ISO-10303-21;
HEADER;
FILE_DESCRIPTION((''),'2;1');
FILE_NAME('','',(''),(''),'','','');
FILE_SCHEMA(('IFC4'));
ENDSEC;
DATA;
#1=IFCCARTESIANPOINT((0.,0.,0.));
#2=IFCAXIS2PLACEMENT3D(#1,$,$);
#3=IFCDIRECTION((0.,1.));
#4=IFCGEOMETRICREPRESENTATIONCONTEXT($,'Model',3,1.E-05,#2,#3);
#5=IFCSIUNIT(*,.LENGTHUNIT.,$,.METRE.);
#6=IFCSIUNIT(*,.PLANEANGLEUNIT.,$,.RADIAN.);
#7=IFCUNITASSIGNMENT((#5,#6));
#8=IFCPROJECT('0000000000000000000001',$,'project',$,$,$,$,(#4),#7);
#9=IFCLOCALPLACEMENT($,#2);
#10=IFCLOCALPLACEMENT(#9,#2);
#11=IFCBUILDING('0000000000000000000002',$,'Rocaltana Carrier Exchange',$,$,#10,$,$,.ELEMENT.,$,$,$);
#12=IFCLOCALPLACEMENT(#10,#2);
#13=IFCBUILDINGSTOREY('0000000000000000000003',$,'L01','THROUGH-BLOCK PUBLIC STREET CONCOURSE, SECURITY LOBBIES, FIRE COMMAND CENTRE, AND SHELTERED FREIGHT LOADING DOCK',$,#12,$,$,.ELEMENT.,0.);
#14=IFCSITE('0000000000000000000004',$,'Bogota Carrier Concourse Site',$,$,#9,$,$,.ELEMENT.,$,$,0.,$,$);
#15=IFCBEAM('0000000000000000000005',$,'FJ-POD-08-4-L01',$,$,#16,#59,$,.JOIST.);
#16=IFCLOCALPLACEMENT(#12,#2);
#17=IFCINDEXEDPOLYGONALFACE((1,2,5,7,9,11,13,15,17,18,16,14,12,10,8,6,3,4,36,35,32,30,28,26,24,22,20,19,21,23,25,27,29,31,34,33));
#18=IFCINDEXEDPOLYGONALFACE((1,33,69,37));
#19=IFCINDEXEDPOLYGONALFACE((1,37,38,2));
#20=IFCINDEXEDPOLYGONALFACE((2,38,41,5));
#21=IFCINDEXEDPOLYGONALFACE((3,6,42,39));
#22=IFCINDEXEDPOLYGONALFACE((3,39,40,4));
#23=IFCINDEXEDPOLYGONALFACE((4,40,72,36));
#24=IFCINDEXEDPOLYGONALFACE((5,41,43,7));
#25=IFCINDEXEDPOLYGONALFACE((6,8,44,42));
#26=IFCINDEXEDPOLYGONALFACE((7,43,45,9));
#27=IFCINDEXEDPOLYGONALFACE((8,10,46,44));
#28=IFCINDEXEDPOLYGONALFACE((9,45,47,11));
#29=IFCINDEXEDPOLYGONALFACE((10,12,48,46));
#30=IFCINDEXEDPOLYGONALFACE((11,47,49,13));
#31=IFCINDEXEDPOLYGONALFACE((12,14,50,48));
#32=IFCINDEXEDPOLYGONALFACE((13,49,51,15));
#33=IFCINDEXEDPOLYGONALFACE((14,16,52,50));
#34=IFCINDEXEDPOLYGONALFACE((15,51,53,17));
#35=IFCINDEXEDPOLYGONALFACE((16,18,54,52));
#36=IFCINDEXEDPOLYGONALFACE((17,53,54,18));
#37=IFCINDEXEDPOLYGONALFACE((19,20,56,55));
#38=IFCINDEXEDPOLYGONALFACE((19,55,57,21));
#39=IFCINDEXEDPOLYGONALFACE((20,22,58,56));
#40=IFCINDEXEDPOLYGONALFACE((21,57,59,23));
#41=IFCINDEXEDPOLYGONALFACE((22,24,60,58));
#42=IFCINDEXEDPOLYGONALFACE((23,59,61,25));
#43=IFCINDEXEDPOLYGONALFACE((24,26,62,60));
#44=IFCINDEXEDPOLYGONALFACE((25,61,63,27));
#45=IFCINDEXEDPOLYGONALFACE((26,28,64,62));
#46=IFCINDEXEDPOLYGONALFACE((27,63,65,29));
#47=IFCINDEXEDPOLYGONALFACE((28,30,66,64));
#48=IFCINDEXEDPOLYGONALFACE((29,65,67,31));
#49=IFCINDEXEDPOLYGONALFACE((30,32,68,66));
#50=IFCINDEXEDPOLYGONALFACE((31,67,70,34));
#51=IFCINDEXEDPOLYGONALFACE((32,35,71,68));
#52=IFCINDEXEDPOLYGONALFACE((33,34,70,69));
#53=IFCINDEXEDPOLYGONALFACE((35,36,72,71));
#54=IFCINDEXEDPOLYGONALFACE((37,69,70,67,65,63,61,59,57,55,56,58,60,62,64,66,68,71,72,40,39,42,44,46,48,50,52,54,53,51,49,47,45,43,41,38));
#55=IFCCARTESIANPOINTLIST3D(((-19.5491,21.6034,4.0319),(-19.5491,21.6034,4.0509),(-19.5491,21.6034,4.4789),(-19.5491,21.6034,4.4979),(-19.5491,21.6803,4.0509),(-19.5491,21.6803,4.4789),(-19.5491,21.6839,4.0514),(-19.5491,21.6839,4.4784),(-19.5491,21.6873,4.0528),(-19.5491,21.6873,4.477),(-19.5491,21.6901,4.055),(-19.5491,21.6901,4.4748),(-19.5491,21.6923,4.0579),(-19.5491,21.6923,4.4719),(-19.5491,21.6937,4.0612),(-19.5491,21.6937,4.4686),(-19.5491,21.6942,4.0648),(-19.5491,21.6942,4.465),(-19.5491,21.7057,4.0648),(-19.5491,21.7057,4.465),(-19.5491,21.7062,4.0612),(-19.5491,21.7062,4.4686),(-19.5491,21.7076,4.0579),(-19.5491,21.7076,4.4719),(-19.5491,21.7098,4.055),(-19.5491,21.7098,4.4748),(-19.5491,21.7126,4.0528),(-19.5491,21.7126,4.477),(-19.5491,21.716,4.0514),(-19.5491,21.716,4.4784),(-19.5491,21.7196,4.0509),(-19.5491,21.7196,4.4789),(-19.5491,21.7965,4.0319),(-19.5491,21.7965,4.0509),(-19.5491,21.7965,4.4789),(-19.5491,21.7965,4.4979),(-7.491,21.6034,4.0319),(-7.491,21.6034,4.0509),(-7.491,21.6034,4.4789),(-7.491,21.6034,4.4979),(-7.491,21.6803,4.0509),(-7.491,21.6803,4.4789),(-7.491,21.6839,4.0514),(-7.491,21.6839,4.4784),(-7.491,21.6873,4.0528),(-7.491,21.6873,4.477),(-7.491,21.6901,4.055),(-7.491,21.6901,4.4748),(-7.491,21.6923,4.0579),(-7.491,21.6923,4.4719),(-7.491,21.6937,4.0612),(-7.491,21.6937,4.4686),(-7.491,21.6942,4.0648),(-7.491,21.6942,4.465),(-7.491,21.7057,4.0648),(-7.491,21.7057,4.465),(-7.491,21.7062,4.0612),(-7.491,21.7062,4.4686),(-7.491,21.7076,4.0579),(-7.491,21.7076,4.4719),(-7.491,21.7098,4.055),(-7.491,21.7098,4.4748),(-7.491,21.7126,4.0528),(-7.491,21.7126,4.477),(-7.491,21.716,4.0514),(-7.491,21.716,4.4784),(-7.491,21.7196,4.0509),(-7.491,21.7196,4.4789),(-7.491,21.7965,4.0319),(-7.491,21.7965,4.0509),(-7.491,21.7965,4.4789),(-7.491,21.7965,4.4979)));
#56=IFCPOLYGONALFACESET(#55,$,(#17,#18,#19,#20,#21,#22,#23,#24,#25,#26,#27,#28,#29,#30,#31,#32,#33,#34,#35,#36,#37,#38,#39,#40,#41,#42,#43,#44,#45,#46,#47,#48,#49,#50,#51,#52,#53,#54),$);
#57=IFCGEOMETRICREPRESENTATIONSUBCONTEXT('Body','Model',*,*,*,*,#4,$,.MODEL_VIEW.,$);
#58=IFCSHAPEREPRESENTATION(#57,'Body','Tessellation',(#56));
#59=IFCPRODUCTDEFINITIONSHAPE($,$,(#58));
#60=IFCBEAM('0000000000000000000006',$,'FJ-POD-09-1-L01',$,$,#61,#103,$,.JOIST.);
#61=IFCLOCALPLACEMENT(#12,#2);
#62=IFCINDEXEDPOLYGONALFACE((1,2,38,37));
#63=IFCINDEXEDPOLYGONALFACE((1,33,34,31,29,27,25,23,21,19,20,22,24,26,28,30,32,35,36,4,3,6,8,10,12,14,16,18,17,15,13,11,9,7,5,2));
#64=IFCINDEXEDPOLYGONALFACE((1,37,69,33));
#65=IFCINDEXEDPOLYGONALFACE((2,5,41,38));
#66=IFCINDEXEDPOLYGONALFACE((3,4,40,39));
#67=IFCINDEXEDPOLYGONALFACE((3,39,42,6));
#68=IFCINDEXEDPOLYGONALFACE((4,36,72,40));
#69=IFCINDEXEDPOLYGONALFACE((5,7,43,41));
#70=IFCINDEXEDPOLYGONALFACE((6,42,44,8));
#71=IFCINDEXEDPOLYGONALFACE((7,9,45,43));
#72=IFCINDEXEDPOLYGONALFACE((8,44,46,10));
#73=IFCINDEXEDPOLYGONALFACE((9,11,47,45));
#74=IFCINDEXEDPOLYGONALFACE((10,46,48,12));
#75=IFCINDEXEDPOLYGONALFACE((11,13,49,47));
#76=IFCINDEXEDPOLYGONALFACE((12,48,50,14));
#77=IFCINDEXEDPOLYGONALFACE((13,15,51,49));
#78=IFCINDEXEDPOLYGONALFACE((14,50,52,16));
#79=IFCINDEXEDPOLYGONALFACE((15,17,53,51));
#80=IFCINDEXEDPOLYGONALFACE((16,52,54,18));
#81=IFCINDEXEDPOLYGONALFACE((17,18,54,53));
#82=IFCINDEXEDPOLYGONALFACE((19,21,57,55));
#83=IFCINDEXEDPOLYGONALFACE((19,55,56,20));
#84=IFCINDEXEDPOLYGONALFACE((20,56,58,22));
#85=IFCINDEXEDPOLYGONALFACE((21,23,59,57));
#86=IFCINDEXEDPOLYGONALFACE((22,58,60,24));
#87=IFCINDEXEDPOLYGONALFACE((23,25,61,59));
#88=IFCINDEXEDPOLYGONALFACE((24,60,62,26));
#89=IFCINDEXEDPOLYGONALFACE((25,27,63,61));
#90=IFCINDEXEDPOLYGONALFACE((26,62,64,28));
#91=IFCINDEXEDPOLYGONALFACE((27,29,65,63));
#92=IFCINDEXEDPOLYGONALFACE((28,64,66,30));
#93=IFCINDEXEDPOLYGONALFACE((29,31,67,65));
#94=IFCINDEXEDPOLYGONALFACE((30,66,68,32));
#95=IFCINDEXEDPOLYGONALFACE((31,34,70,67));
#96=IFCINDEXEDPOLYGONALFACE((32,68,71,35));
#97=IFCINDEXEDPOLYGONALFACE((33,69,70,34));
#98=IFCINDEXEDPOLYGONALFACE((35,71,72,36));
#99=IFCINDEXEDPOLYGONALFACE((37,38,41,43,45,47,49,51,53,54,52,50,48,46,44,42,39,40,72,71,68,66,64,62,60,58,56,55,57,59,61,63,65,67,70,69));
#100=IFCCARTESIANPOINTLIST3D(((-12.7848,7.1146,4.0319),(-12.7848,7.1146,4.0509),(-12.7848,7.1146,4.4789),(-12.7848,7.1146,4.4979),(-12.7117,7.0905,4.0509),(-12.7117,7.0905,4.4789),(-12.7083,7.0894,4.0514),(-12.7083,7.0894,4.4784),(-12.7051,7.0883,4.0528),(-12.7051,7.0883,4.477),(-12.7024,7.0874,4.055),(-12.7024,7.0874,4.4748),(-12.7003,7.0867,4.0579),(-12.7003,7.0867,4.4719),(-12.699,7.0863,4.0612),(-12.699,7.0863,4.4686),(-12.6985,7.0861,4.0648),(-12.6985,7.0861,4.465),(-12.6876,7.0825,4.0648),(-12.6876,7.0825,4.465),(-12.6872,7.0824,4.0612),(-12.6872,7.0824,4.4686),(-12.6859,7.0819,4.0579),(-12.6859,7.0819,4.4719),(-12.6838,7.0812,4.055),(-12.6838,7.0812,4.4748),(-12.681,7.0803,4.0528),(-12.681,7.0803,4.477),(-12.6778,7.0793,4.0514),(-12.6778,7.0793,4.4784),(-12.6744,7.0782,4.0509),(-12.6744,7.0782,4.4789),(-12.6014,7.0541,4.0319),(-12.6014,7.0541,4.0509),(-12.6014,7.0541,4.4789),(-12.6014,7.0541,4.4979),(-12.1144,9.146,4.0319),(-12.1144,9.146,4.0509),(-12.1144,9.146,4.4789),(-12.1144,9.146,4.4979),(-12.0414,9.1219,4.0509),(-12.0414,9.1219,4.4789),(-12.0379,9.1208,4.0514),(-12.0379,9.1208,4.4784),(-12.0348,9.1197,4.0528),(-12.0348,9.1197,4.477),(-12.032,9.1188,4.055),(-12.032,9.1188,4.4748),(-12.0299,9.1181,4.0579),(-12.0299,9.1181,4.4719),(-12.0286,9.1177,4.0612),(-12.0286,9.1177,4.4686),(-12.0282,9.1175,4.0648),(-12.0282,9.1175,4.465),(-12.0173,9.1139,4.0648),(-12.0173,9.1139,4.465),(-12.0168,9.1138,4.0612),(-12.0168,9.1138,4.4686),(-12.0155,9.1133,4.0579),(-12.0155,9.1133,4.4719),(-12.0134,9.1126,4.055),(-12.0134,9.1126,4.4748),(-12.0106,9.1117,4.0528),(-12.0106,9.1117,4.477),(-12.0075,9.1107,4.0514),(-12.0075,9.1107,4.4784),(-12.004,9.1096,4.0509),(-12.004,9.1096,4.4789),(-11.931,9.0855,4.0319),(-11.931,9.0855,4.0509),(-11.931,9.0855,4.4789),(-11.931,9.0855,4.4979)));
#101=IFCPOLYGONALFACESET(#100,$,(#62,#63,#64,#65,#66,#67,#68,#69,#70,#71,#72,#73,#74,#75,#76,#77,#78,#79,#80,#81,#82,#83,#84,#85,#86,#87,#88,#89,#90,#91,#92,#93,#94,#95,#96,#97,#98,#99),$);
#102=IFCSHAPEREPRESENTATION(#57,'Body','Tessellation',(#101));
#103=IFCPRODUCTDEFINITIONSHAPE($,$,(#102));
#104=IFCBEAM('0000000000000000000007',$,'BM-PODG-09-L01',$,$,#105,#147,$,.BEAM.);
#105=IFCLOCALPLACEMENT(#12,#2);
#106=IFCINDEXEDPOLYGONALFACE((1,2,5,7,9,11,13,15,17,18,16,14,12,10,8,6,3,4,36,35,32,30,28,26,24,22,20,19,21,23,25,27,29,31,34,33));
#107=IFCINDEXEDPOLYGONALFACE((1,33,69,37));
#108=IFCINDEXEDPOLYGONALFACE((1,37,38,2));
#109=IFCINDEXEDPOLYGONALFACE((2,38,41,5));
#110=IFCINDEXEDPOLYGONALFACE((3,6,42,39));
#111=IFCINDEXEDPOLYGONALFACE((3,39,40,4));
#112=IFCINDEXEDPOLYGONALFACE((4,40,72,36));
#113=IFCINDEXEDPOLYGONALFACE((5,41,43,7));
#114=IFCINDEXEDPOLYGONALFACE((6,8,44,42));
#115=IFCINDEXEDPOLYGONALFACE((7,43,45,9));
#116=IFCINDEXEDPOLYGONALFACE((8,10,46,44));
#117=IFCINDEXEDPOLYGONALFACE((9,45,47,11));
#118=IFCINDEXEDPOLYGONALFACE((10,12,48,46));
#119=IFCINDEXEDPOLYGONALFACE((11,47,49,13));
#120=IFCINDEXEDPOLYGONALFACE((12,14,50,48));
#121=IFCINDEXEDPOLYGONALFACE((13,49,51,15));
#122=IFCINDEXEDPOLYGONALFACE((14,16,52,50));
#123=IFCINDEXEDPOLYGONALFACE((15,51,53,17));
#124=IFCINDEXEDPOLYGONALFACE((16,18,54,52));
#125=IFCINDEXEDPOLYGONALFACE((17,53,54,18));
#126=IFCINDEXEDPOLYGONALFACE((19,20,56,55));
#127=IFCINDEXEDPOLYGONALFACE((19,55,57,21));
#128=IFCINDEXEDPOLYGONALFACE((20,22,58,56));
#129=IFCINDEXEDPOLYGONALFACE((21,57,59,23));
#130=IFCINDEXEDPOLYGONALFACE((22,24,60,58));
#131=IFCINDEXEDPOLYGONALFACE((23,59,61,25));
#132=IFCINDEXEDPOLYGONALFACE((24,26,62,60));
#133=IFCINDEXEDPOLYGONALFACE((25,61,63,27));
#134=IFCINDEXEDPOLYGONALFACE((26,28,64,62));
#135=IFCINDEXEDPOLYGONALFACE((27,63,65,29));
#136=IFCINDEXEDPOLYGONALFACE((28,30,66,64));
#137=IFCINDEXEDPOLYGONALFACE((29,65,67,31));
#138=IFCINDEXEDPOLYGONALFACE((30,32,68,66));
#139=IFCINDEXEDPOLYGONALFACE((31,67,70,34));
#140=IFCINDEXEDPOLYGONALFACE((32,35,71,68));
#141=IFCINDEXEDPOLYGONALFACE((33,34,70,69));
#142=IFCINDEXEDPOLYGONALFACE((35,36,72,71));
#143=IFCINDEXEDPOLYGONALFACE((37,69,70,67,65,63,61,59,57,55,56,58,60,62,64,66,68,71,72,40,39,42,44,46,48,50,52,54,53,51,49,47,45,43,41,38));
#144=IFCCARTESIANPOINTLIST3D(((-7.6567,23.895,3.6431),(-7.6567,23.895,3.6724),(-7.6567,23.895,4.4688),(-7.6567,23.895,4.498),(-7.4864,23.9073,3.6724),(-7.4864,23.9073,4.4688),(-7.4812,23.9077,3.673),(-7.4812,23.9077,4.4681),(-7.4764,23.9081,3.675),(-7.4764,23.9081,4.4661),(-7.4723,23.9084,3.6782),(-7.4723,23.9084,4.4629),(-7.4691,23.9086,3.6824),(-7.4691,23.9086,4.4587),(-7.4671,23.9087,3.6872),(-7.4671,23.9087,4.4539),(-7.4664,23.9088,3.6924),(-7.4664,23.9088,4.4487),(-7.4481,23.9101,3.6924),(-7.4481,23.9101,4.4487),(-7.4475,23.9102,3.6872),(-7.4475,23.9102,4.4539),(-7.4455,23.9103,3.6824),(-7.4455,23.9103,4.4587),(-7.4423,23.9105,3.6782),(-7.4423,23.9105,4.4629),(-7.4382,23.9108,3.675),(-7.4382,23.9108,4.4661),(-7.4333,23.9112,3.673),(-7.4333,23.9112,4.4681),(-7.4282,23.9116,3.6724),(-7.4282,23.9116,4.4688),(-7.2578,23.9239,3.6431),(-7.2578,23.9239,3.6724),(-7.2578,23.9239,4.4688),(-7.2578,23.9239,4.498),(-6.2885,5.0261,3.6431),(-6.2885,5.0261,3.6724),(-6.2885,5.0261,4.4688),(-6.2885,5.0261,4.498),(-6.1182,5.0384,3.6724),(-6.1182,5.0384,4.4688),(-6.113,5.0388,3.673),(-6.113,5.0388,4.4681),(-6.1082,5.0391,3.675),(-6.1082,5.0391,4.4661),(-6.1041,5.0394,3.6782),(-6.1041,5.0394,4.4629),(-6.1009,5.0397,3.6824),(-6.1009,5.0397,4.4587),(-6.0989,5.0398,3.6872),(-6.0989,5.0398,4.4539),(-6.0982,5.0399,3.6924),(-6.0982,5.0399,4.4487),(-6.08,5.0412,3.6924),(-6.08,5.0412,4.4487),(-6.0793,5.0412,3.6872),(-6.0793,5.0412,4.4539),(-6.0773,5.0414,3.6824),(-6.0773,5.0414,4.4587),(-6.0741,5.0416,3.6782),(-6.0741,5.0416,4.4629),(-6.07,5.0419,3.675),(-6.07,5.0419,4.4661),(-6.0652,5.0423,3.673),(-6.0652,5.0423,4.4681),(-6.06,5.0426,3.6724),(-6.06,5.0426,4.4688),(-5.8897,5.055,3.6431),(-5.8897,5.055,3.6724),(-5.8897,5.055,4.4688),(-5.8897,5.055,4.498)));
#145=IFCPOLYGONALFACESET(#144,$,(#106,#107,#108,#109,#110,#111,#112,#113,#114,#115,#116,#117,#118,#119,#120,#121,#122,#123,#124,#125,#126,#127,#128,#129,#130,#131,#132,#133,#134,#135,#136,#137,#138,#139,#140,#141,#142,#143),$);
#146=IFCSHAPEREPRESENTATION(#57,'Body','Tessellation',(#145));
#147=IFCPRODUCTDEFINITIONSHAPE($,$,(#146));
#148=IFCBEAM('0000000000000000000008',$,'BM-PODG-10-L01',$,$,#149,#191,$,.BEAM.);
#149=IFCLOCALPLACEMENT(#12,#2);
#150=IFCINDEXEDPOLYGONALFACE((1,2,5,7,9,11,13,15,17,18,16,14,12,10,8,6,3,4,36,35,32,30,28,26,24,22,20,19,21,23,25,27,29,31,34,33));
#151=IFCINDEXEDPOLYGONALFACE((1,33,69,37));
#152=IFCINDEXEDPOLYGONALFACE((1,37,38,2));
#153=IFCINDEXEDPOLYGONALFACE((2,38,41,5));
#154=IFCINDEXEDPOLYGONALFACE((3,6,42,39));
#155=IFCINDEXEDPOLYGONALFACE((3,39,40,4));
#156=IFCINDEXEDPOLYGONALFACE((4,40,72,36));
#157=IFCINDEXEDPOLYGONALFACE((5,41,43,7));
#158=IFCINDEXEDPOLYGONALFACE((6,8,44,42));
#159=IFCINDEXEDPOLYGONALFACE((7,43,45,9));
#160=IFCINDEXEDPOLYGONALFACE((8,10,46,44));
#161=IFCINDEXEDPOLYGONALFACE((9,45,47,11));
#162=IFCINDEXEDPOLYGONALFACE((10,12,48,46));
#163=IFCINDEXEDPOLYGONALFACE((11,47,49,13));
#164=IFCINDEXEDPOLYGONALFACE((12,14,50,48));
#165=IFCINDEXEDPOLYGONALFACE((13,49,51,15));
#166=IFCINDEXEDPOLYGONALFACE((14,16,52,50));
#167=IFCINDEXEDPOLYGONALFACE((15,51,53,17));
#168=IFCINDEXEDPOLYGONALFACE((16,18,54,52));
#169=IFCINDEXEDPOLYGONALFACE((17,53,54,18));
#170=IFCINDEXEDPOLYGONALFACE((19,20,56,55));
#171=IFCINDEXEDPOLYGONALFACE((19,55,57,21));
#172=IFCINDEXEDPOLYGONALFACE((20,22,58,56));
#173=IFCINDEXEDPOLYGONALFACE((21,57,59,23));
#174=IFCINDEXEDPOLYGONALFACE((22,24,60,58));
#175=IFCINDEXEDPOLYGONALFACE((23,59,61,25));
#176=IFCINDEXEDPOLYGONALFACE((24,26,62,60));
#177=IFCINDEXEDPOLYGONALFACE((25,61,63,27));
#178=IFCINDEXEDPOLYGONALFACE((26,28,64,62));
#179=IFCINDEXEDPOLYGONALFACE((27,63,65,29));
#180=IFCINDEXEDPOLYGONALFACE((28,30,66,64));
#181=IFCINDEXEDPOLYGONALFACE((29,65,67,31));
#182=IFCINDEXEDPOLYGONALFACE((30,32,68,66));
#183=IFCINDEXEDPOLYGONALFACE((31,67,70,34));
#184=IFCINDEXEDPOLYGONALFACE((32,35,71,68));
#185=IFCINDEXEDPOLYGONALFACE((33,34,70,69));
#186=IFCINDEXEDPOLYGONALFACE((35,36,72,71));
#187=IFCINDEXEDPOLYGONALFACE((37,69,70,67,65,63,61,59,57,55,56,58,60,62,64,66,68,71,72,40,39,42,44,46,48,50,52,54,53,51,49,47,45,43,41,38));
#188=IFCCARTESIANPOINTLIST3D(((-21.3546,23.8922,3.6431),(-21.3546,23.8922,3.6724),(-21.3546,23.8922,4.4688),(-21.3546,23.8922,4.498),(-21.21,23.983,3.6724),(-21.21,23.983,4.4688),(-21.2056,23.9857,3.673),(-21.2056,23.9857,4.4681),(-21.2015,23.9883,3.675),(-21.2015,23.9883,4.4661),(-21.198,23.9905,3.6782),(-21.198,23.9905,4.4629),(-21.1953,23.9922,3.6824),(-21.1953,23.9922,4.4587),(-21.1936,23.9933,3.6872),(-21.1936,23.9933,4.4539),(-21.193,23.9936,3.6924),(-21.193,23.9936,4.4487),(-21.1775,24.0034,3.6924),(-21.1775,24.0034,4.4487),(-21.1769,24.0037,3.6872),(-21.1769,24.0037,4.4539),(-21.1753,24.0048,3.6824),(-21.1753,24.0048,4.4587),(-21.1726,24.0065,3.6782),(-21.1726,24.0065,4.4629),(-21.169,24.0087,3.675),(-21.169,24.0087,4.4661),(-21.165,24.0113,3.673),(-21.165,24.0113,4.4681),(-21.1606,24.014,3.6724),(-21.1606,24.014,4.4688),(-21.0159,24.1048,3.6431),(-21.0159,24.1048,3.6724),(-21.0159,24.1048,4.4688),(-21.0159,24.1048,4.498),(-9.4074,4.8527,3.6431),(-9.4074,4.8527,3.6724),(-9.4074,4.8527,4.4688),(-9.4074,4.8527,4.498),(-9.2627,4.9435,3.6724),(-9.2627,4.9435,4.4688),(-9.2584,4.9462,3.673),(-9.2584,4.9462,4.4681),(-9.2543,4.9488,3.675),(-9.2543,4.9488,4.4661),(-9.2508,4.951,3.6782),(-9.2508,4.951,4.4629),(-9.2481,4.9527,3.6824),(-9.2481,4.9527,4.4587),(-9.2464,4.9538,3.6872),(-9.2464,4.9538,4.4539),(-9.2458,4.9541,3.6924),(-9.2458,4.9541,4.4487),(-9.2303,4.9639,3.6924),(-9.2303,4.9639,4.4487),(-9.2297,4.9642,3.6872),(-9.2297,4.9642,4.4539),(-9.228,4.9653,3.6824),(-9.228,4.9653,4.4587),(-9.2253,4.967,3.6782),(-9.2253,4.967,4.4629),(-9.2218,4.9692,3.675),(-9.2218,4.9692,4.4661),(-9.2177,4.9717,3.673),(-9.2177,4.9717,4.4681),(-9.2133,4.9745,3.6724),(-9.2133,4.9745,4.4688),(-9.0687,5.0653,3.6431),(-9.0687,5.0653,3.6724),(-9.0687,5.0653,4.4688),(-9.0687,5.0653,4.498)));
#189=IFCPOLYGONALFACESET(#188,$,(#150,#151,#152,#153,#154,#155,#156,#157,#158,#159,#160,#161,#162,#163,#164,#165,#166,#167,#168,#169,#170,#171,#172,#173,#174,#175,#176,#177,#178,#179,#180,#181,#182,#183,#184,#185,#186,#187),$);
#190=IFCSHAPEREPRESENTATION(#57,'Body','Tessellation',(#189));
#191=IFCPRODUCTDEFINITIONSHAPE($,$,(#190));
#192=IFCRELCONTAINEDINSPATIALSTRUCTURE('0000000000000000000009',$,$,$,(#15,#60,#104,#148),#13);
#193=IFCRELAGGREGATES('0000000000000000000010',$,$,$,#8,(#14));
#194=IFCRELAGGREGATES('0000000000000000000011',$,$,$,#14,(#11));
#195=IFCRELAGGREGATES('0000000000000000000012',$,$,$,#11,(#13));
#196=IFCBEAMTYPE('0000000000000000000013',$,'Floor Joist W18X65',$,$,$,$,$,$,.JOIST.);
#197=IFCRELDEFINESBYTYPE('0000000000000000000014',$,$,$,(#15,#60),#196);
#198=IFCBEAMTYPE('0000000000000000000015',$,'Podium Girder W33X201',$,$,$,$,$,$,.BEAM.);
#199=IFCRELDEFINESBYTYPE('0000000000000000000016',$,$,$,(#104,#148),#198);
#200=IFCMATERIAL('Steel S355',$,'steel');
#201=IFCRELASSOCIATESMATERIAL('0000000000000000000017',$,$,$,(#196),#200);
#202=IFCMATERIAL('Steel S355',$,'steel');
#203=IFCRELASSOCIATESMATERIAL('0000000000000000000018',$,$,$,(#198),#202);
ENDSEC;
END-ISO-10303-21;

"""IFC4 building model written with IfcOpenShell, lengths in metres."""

from ifc_helpers import new_model, si_unit, direction, frame, origin, origin_2d, place, context, subcontext, project, spatial, i_section, extrude, material, material_profile, profile_set, type_object, element, save


model = new_model("IFC4")

# Units and contexts
model_context = context("Model", 3, precision=1e-05, world=origin(), true_north=direction((0.0, 1.0)))
body_context = subcontext(model_context, "Body", "Model", "MODEL_VIEW")
ifc_project = project(units=[si_unit("LENGTHUNIT", "METRE"), si_unit("PLANEANGLEUNIT", "RADIAN")], contexts=[model_context])

# Site, building, storey
site_placement = place(None, origin())
site = spatial("IfcSite", under=ifc_project, at=site_placement, Name="Bogota Carrier Concourse Site", CompositionType="ELEMENT", RefElevation=0.0)
building_placement = place(site_placement, origin())
building = spatial("IfcBuilding", under=site, at=building_placement, Name="Rocaltana Carrier Exchange", CompositionType="ELEMENT")
storey_placement = place(building_placement, origin())
storey = spatial("IfcBuildingStorey", under=building, at=storey_placement, Name="L01", Description="THROUGH-BLOCK PUBLIC STREET CONCOURSE, SECURITY LOBBIES, FIRE COMMAND CENTRE, AND SHELTERED FREIGHT LOADING DOCK", CompositionType="ELEMENT", Elevation=0.0)

# Beams
ifc_material_1 = material(Name="Steel S355", Category="steel")
ifc_material_profile_1 = material_profile(ifc_material_1, i_section(OverallWidth=0.1931, OverallDepth=0.4661, WebThickness=0.0115, FlangeThickness=0.019, FilletRadius=0.0139, at=origin_2d()), Name="W18X65")
ifc_profile_set_1 = profile_set([ifc_material_profile_1], Name="Steel S355")
beam_type_1 = type_object("IfcBeamType", Name="Floor Joist W18X65", PredefinedType="JOIST", material=ifc_profile_set_1)
beam_1_placement = place(storey_placement, frame((-7.491, 21.7, 4.2649), z_axis=(-1.0, 0.0, 0.0), x_axis=(0.0, -1.0, 0.0)))
element("IfcBeam", 1, at=beam_1_placement, inside=storey, type_object=beam_type_1, Name="FJ-POD-08-4-L01", PredefinedType="JOIST", context=body_context, shape_type="SweptSolid", body=[
    extrude(i_section(OverallWidth=0.1931, OverallDepth=0.4661, WebThickness=0.0115, FlangeThickness=0.019, FilletRadius=0.0139, at=origin_2d()), origin(), (0.0, 0.0, 1.0), 12.0581),
])
beam_2_placement = place(storey_placement, frame((-12.0227, 9.1157, 4.2649), z_axis=(-0.313385, -0.949626, 0.0), x_axis=(0.949626, -0.313385, 0.0)))
element("IfcBeam", 2, at=beam_2_placement, inside=storey, type_object=beam_type_1, Name="FJ-POD-09-1-L01", PredefinedType="JOIST", context=body_context, shape_type="SweptSolid", body=[
    extrude(i_section(OverallWidth=0.1931, OverallDepth=0.4661, WebThickness=0.0115, FlangeThickness=0.019, FilletRadius=0.0139, at=origin_2d()), origin(), (0.0, 0.0, 1.0), 2.1392),
])
ifc_material_2 = material(Name="Steel S355", Category="steel")
ifc_material_profile_2 = material_profile(ifc_material_2, i_section(OverallWidth=0.3999, OverallDepth=0.855, WebThickness=0.0183, FlangeThickness=0.0293, FilletRadius=0.02, at=origin_2d()), Name="W33X201")
ifc_profile_set_2 = profile_set([ifc_material_profile_2], Name="Steel S355")
beam_type_2 = type_object("IfcBeamType", Name="Podium Girder W33X201", PredefinedType="BEAM", material=ifc_profile_set_2)
beam_3_placement = place(storey_placement, frame((-6.0891, 5.0405, 4.0706), z_axis=(-0.072319, 0.997382, 0.0), x_axis=(-0.997382, -0.072319, 0.0)))
element("IfcBeam", 3, at=beam_3_placement, inside=storey, type_object=beam_type_2, Name="BM-PODG-09-L01", PredefinedType="BEAM", context=body_context, shape_type="SweptSolid", body=[
    extrude(i_section(OverallWidth=0.3999, OverallDepth=0.855, WebThickness=0.0183, FlangeThickness=0.0293, FilletRadius=0.02, at=origin_2d()), origin(), (0.0, 0.0, 1.0), 18.9185),
])
beam_4_placement = place(storey_placement, frame((-9.238, 4.959, 4.0706), z_axis=(-0.531519, 0.847046, 0.0), x_axis=(-0.847046, -0.531519, 0.0)))
element("IfcBeam", 4, at=beam_4_placement, inside=storey, type_object=beam_type_2, Name="BM-PODG-10-L01", PredefinedType="BEAM", context=body_context, shape_type="SweptSolid", body=[
    extrude(i_section(OverallWidth=0.3999, OverallDepth=0.855, WebThickness=0.0183, FlangeThickness=0.0293, FilletRadius=0.02, at=origin_2d()), origin(), (0.0, 0.0, 1.0), 22.4775),
])

save(model, "model.ifc")
